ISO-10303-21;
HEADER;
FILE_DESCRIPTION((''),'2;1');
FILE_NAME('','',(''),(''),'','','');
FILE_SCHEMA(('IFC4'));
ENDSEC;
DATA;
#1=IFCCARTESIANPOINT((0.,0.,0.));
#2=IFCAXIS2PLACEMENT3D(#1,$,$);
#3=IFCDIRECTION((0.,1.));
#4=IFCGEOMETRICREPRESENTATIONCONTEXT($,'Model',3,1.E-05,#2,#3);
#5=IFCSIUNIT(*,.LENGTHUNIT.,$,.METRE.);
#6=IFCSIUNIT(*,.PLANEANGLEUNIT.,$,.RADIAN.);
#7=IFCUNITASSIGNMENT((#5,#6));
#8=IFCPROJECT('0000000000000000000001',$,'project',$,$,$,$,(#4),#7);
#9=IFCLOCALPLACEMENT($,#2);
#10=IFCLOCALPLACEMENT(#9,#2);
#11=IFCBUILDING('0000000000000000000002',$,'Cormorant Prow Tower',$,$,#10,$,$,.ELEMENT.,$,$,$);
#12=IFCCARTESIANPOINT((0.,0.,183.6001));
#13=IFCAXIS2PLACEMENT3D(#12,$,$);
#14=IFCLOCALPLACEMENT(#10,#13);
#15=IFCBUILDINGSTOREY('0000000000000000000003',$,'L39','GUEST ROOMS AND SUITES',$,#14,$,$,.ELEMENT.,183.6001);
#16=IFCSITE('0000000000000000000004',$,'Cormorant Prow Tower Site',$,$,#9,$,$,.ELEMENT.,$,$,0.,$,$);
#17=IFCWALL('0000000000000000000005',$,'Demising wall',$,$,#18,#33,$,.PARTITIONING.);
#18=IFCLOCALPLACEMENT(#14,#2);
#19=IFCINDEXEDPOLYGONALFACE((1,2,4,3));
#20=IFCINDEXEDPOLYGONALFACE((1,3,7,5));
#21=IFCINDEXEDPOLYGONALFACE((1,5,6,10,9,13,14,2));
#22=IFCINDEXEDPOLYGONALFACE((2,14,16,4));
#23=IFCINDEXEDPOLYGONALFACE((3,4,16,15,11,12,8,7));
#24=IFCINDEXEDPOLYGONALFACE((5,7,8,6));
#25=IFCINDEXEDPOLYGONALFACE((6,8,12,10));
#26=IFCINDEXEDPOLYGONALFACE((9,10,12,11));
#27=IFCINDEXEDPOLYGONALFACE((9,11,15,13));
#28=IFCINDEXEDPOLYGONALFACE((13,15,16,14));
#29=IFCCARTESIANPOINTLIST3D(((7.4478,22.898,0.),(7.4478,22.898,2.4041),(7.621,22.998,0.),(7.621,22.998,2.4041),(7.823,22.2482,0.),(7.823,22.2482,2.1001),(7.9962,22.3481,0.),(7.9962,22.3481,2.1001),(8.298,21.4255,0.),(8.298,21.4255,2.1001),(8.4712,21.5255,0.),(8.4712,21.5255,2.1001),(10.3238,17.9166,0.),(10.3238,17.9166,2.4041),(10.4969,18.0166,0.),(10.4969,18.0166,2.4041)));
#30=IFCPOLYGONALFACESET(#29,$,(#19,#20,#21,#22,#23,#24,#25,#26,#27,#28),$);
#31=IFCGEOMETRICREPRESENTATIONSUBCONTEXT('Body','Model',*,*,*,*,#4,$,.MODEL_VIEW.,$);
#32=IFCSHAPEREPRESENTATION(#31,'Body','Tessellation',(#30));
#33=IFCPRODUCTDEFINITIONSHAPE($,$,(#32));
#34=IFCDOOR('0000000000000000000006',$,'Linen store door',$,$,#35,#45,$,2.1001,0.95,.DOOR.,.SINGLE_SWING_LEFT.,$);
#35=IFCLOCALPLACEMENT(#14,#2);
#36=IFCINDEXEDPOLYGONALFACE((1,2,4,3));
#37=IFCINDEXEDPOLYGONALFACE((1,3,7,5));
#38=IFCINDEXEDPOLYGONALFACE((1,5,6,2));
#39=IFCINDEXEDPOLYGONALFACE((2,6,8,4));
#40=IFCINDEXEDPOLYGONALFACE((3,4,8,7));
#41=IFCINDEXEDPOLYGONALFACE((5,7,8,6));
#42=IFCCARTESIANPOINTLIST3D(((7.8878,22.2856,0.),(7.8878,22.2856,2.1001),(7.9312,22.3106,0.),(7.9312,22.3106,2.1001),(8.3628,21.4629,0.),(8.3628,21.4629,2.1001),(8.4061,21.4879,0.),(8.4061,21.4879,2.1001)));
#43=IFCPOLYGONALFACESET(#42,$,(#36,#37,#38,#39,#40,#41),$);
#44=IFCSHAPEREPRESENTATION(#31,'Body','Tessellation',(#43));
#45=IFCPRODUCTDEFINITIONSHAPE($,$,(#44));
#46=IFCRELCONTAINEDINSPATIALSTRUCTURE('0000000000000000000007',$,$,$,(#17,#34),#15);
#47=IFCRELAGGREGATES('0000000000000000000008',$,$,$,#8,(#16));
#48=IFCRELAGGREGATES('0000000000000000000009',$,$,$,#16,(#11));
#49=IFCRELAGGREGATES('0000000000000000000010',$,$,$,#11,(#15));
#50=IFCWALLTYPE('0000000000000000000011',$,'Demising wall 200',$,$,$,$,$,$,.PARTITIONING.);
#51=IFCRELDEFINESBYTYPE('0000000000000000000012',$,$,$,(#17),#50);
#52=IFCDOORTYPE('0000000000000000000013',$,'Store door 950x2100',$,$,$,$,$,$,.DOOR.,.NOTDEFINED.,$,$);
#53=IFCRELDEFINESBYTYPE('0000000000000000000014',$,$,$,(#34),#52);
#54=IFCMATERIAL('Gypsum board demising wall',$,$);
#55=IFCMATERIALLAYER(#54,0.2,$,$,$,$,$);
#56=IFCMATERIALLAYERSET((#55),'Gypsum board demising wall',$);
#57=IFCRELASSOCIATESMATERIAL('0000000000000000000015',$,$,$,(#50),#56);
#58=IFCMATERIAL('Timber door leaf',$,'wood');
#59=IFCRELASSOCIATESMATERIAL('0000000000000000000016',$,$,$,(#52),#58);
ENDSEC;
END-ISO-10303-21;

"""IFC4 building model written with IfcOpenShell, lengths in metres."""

from ifc_helpers import new_model, si_unit, direction, frame, frame_2d, origin, place, context, subcontext, project, spatial, rectangle, extrude, material, layer, layer_set, type_object, element, fill, save


model = new_model("IFC4")

# Units and contexts
model_context = context("Model", 3, precision=1e-05, world=origin(), true_north=direction((0.0, 1.0)))
body_context = subcontext(model_context, "Body", "Model", "MODEL_VIEW")
ifc_project = project(units=[si_unit("LENGTHUNIT", "METRE"), si_unit("PLANEANGLEUNIT", "RADIAN")], contexts=[model_context])

# Site, building, storey
site_placement = place(None, origin())
site = spatial("IfcSite", under=ifc_project, at=site_placement, Name="Cormorant Prow Tower Site", CompositionType="ELEMENT", RefElevation=0.0)
building_placement = place(site_placement, origin())
building = spatial("IfcBuilding", under=site, at=building_placement, Name="Cormorant Prow Tower", CompositionType="ELEMENT")
storey_placement = place(building_placement, frame((0.0, 0.0, 183.6001)))
storey = spatial("IfcBuildingStorey", under=building, at=storey_placement, Name="L39", Description="GUEST ROOMS AND SUITES", CompositionType="ELEMENT", Elevation=183.6001)

# Wall, opening, door
ifc_material_1 = material(Name="Gypsum board demising wall")
ifc_layer_1 = layer(ifc_material_1, 0.2)
ifc_layer_set_1 = layer_set([ifc_layer_1], Name="Gypsum board demising wall")
wall_type_1 = type_object("IfcWallType", Name="Demising wall 200", PredefinedType="PARTITIONING", material=ifc_layer_set_1)
wall_1_placement = place(storey_placement, frame((7.5344, 22.948, 0.0), z_axis=(0.0, 0.0, 1.0), x_axis=(0.499992, -0.86603, 0.0)))
wall_1 = element("IfcWall", 1, at=wall_1_placement, inside=storey, type_object=wall_type_1, Name="Demising wall", PredefinedType="PARTITIONING", context=body_context, shape_type="SweptSolid", body=[
    extrude(rectangle(XDim=5.752, YDim=0.2, at=frame_2d((2.876, 0.0))), origin(), (0.0, 0.0, 1.0), 2.4041),
])
opening_1_placement = place(wall_1_placement, frame((0.7502, 0.0, 0.0)))
opening_1 = element("IfcOpeningElement", 2, at=opening_1_placement, cuts=wall_1, PredefinedType="OPENING", context=body_context, shape_type="SweptSolid", body=[
    extrude(rectangle(XDim=0.95, YDim=2.1001, at=frame_2d((0.4751, 1.05))), frame((0.0, 0.1099, 0.0), z_axis=(0.0, -1.0, 0.0), x_axis=(1.0, 0.0, 0.0)), (0.0, 0.0, 1.0), 0.22),
])
ifc_material_2 = material(Name="Timber door leaf", Category="wood")
door_type_1 = type_object("IfcDoorType", Name="Store door 950x2100", OperationType="NOTDEFINED", PredefinedType="DOOR", material=ifc_material_2)
door_1_placement = place(opening_1_placement, origin())
door_1 = element("IfcDoor", 3, at=door_1_placement, inside=storey, type_object=door_type_1, Name="Linen store door", OperationType="SINGLE_SWING_LEFT", OverallHeight=2.1001, OverallWidth=0.95, PredefinedType="DOOR", context=body_context, shape_type="SweptSolid", body=[
    extrude(rectangle(XDim=0.95, YDim=2.1001, at=frame_2d((0.4751, 1.05))), frame((0.0, 0.0249, 0.0), z_axis=(0.0, -1.0, 0.0), x_axis=(1.0, 0.0, 0.0)), (0.0, 0.0, 1.0), 0.05),
])
fill(opening_1, door_1)

save(model, "model.ifc")
